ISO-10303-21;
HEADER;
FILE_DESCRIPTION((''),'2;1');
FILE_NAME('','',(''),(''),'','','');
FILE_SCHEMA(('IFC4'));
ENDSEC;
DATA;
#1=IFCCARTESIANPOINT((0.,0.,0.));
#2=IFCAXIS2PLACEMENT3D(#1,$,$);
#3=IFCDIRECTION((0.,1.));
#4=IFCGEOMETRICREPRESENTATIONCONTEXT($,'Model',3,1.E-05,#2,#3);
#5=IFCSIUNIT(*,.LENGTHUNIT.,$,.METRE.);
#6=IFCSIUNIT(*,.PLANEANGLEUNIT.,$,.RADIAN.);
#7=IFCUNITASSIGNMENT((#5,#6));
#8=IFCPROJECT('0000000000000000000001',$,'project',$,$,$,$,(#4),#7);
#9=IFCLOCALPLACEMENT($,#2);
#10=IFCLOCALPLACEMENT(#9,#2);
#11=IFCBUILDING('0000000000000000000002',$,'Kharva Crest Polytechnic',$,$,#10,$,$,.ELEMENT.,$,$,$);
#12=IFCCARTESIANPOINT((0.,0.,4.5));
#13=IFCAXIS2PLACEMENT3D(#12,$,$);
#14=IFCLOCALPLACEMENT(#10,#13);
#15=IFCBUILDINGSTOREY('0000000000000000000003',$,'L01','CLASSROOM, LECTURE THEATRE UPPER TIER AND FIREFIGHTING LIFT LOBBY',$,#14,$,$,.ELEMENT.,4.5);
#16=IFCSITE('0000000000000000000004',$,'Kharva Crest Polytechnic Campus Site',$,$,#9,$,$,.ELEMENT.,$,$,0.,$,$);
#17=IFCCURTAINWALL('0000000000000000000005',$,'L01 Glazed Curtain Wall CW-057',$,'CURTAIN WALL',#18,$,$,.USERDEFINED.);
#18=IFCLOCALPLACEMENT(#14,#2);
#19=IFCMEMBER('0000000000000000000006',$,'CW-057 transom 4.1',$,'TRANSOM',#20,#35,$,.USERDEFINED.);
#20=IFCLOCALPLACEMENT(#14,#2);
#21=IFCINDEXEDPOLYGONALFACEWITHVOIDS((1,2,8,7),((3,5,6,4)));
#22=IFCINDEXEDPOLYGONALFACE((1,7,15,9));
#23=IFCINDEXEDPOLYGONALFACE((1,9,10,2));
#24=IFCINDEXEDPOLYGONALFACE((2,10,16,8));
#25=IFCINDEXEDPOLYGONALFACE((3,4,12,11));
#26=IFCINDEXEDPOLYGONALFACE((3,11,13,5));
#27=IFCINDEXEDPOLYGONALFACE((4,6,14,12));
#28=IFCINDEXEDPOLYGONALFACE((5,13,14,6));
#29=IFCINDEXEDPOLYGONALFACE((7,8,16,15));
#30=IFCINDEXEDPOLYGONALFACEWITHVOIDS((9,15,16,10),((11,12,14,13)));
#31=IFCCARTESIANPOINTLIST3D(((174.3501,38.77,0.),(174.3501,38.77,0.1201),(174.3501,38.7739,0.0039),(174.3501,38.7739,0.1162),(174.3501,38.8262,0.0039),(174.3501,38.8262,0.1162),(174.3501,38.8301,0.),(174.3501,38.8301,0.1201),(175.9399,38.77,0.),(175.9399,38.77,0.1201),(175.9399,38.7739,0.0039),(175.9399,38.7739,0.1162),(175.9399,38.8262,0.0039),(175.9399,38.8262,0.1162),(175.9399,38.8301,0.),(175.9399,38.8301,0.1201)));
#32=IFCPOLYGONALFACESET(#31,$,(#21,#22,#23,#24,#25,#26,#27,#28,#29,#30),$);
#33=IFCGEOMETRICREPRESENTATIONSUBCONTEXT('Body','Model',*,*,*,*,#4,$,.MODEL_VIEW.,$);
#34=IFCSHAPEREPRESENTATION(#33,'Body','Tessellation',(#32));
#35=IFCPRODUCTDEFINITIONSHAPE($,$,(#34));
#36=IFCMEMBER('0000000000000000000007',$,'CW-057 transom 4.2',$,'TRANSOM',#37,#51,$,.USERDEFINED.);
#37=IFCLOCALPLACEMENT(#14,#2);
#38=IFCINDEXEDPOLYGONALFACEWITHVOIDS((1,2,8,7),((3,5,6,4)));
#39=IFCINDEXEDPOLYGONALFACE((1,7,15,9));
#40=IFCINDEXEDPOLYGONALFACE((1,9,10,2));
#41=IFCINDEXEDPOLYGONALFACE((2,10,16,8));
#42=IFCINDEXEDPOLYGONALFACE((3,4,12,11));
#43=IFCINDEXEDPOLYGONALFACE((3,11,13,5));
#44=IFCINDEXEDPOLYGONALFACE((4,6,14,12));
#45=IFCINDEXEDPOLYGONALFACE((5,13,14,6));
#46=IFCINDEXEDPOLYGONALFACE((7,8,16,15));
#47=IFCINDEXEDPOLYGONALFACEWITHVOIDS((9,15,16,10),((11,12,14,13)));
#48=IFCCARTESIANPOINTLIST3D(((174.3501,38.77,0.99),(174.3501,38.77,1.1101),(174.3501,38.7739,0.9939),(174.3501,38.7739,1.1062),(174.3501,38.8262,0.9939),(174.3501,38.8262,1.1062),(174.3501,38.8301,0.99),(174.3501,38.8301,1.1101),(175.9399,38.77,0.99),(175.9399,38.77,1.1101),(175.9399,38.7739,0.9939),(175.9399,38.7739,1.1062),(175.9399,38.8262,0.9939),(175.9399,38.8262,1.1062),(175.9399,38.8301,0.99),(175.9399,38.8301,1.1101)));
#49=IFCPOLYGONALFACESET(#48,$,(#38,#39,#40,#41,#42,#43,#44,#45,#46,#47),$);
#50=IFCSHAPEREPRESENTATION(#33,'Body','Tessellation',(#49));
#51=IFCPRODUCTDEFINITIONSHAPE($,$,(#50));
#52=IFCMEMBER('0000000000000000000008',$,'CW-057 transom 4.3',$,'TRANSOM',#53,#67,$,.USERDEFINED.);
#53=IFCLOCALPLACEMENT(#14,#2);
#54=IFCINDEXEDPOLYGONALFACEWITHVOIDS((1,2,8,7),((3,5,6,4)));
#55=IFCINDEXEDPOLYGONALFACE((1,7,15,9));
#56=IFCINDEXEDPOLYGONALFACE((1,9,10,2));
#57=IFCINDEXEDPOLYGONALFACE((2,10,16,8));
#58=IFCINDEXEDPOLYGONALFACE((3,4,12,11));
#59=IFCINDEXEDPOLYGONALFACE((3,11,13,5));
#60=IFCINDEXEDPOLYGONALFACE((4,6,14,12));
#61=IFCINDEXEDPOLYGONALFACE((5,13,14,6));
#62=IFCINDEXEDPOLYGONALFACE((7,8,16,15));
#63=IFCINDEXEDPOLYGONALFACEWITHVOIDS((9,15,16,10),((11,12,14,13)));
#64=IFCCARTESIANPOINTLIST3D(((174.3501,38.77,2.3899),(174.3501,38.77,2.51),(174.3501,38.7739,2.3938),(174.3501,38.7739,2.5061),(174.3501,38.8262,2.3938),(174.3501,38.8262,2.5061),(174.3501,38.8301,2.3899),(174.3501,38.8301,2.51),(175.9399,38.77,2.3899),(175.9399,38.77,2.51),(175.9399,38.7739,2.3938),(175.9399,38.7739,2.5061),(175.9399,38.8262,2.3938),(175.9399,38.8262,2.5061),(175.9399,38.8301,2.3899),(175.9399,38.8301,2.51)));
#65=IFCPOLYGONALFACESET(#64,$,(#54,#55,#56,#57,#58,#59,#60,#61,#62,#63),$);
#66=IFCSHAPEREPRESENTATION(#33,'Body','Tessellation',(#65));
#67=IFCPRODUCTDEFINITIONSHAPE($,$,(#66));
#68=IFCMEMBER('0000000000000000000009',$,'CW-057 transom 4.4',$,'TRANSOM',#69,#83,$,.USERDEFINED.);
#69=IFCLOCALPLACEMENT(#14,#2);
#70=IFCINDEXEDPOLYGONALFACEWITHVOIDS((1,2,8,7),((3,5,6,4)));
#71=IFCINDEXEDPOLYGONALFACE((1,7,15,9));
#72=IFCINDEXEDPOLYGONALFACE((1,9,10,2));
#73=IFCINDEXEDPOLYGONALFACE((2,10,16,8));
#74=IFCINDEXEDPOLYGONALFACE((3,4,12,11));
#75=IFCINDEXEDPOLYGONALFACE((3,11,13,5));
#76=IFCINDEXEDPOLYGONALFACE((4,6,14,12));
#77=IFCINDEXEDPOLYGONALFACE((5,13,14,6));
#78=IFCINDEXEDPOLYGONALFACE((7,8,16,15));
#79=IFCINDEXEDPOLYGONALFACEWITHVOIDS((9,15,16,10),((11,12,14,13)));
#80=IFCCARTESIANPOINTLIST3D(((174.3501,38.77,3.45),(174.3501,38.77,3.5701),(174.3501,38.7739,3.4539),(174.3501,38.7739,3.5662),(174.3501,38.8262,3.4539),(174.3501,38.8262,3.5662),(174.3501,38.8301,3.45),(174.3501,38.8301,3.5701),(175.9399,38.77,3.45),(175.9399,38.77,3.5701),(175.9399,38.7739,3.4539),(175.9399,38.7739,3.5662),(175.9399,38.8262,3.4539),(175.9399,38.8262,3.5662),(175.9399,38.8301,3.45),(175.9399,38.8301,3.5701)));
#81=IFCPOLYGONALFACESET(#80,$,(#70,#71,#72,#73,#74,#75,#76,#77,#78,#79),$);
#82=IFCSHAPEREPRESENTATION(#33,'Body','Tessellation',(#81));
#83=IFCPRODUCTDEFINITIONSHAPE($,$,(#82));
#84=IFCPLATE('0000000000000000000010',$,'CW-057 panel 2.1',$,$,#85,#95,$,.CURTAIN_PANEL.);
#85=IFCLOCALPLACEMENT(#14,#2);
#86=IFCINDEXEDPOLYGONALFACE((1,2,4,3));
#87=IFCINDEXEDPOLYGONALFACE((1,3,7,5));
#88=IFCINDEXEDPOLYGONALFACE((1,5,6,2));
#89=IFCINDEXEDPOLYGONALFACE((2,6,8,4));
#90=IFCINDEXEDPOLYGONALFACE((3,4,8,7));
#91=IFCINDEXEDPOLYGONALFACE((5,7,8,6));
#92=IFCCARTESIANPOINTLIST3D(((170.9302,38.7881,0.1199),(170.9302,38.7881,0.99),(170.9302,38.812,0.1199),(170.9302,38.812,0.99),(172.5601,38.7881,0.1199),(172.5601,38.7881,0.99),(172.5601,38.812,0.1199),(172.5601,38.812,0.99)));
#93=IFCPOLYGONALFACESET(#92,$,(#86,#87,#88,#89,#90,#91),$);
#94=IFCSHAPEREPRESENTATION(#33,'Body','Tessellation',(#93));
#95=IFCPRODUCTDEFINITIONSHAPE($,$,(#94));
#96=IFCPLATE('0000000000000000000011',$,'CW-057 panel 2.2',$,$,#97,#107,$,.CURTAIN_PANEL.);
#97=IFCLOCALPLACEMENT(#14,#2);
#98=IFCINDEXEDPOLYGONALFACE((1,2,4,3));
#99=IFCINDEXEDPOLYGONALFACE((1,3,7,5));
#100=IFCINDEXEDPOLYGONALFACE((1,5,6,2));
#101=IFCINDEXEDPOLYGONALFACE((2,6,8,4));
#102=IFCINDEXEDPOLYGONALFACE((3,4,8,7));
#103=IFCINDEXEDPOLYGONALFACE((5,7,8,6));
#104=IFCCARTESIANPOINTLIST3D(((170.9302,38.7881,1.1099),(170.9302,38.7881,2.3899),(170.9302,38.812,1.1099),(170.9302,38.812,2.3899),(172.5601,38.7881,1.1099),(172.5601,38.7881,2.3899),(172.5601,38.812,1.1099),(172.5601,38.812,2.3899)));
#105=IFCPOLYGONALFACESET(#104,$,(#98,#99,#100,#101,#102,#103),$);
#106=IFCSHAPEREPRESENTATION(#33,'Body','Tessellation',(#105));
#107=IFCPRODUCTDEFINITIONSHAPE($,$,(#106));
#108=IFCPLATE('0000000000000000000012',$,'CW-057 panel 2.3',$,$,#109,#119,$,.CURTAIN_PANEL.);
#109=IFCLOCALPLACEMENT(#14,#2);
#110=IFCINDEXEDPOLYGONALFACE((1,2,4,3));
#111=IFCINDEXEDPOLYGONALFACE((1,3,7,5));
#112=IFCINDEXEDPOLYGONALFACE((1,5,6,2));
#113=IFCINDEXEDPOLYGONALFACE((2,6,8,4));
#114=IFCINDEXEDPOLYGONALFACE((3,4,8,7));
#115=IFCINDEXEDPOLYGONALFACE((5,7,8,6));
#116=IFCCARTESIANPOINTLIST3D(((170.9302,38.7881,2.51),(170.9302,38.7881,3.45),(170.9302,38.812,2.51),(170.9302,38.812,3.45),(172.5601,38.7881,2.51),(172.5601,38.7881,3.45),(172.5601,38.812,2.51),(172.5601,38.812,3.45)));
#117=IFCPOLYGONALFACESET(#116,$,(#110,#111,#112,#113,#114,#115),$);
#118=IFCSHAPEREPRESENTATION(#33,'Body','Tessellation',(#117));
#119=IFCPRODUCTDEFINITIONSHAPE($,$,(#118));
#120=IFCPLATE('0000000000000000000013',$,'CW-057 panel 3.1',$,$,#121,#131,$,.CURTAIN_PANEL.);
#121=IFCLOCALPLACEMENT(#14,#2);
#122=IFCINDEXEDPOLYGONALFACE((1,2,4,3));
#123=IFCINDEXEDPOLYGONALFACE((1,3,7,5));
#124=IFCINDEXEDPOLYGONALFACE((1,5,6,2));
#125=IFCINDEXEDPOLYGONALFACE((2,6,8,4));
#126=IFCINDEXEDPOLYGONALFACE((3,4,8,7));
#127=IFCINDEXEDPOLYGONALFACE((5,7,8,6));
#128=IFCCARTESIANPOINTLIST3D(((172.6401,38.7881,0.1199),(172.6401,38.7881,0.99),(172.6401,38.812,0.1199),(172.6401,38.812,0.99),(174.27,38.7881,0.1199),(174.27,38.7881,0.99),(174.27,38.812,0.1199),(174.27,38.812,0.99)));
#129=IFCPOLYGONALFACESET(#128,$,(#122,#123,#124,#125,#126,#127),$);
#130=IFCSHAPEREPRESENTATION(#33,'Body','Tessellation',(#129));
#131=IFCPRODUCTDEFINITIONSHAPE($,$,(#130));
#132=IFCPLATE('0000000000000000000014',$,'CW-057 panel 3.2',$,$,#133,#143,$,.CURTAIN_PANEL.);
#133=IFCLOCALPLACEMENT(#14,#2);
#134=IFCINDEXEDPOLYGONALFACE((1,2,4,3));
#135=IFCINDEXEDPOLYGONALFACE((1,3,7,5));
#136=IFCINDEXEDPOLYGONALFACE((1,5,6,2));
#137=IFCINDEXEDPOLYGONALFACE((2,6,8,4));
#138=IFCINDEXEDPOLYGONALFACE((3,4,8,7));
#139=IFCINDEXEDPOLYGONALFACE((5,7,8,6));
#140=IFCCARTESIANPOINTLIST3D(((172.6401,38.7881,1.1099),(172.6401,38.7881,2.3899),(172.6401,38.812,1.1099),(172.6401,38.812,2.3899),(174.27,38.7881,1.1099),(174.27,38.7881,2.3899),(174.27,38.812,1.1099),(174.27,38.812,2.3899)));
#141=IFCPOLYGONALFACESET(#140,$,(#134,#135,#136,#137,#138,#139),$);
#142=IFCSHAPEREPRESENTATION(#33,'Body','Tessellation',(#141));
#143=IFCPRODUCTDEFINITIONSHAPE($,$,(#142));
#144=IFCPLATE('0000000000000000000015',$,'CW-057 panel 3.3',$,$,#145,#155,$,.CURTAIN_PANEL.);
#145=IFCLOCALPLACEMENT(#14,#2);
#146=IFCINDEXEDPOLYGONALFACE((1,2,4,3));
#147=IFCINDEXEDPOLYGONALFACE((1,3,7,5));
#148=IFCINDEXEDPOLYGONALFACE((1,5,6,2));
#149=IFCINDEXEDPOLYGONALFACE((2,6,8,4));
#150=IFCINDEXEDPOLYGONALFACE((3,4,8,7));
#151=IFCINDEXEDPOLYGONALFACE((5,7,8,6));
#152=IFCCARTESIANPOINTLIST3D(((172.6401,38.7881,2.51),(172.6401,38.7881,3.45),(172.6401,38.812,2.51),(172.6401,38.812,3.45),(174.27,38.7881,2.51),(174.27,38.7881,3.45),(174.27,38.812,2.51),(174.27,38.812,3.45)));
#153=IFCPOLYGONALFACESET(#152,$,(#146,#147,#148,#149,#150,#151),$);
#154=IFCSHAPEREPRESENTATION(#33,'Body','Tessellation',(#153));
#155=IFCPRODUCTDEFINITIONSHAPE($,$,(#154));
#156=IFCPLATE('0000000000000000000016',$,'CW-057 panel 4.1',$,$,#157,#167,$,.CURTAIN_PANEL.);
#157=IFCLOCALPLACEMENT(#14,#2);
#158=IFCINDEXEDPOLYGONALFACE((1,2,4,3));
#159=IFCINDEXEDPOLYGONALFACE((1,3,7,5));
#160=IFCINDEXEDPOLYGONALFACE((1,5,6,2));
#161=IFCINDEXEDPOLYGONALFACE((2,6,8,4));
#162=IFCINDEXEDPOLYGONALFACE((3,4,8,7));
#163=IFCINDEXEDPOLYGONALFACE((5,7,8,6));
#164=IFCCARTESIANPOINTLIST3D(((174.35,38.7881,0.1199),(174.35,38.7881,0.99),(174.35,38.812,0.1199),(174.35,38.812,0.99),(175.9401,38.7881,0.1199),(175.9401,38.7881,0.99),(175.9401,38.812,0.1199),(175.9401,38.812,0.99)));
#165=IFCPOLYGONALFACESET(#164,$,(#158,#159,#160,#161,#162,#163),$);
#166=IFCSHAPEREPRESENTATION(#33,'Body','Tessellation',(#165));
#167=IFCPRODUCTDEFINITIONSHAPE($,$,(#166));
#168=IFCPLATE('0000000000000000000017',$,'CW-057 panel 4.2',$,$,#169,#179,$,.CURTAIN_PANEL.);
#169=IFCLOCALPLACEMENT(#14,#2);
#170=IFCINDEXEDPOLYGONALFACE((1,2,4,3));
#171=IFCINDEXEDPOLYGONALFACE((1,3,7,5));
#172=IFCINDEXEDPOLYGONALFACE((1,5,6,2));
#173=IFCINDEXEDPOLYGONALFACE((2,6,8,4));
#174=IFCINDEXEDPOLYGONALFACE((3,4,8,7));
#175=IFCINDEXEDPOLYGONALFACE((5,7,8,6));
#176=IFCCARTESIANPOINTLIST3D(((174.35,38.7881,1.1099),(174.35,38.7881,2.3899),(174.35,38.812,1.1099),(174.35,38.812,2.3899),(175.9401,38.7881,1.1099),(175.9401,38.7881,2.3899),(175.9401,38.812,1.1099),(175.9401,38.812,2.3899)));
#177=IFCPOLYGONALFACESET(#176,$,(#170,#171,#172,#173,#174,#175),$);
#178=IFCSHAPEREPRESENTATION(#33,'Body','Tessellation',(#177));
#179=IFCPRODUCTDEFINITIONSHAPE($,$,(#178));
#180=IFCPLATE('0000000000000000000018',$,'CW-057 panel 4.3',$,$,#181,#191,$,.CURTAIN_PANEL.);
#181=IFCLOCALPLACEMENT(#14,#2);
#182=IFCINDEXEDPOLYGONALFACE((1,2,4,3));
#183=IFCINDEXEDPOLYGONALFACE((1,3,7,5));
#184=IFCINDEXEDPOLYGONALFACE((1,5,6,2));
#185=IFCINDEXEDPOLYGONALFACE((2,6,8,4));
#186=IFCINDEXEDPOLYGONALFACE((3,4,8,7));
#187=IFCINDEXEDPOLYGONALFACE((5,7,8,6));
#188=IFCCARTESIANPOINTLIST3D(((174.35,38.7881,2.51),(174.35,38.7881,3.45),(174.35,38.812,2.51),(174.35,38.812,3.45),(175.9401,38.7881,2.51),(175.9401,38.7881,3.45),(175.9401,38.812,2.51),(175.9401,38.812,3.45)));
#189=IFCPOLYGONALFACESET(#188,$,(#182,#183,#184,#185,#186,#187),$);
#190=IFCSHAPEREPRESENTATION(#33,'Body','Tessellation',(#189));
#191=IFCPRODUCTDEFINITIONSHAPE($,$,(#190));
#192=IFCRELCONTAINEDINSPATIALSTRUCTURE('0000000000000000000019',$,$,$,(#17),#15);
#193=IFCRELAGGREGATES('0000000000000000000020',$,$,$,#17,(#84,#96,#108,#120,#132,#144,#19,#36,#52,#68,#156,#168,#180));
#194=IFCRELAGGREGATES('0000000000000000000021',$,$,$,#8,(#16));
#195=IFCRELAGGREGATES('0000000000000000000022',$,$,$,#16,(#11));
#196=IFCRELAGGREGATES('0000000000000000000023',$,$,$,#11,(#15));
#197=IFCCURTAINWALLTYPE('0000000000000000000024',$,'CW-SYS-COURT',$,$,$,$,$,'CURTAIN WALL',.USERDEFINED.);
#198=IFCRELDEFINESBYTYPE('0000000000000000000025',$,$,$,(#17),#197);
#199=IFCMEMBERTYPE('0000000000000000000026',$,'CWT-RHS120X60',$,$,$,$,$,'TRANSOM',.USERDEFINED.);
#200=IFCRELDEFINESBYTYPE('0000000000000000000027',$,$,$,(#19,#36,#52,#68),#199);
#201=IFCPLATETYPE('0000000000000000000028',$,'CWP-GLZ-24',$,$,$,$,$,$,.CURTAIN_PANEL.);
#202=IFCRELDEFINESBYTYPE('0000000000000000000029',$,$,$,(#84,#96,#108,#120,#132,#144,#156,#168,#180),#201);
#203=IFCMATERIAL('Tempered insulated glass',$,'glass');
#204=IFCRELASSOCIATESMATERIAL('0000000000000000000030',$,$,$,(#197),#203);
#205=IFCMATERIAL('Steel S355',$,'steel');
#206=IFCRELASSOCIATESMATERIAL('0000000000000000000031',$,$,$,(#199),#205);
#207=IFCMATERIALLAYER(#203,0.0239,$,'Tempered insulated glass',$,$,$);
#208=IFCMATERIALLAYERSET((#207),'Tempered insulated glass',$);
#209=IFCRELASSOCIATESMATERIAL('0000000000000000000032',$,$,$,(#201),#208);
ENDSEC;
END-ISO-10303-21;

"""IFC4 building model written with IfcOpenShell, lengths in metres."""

from ifc_helpers import new_model, si_unit, direction, frame, origin, origin_2d, place, context, subcontext, project, spatial, rectangle, hollow_rectangle, extrude, material, layer, layer_set, material_profile, profile_set, type_object, element, aggregate, save


model = new_model("IFC4")

# Units and contexts
model_context = context("Model", 3, precision=1e-05, world=origin(), true_north=direction((0.0, 1.0)))
body_context = subcontext(model_context, "Body", "Model", "MODEL_VIEW")
ifc_project = project(units=[si_unit("LENGTHUNIT", "METRE"), si_unit("PLANEANGLEUNIT", "RADIAN")], contexts=[model_context])

# Site, building, storey
site_placement = place(None, origin())
site = spatial("IfcSite", under=ifc_project, at=site_placement, Name="Kharva Crest Polytechnic Campus Site", CompositionType="ELEMENT", RefElevation=0.0)
building_placement = place(site_placement, origin())
building = spatial("IfcBuilding", under=site, at=building_placement, Name="Kharva Crest Polytechnic", CompositionType="ELEMENT")
storey_placement = place(building_placement, frame((0.0, 0.0, 4.5)))
storey = spatial("IfcBuildingStorey", under=building, at=storey_placement, Name="L01", Description="CLASSROOM, LECTURE THEATRE UPPER TIER AND FIREFIGHTING LIFT LOBBY", CompositionType="ELEMENT", Elevation=4.5)

# Curtain wall, members, plates
ifc_material_1 = material(Name="Tempered insulated glass", Category="glass")
curtain_wall_type = type_object("IfcCurtainWallType", Name="CW-SYS-COURT", ElementType="CURTAIN WALL", PredefinedType="USERDEFINED", material=ifc_material_1)
curtain_wall_placement = place(storey_placement, origin())
curtain_wall = element("IfcCurtainWall", 1, at=curtain_wall_placement, inside=storey, type_object=curtain_wall_type, Name="L01 Glazed Curtain Wall CW-057", ObjectType="CURTAIN WALL", PredefinedType="USERDEFINED")
ifc_material_2 = material(Name="Steel S355", Category="steel")
ifc_material_profile_1 = material_profile(ifc_material_2, hollow_rectangle(XDim=0.0601, YDim=0.1201, WallThickness=0.0039, at=origin_2d()), Name="RHS 120X60X4.0")
ifc_profile_set_1 = profile_set([ifc_material_profile_1], Name="Steel S355")
member_type_1 = type_object("IfcMemberType", Name="CWT-RHS120X60", ElementType="TRANSOM", PredefinedType="USERDEFINED", material=ifc_profile_set_1)
member_1_placement = place(storey_placement, frame((174.3501, 38.8, 0.0601), z_axis=(1.0, 0.0, 0.0), x_axis=(0.0, 1.0, 0.0)))
member_1 = element("IfcMember", 2, at=member_1_placement, type_object=member_type_1, Name="CW-057 transom 4.1", ObjectType="TRANSOM", PredefinedType="USERDEFINED", context=body_context, shape_type="SweptSolid", body=[
    extrude(hollow_rectangle(XDim=0.0601, YDim=0.1201, WallThickness=0.0039, at=origin_2d()), origin(), (0.0, 0.0, 1.0), 1.5898),
])
member_2_placement = place(storey_placement, frame((174.3501, 38.8, 1.05), z_axis=(1.0, 0.0, 0.0), x_axis=(0.0, 1.0, 0.0)))
member_2 = element("IfcMember", 3, at=member_2_placement, type_object=member_type_1, Name="CW-057 transom 4.2", ObjectType="TRANSOM", PredefinedType="USERDEFINED", context=body_context, shape_type="SweptSolid", body=[
    extrude(hollow_rectangle(XDim=0.0601, YDim=0.1201, WallThickness=0.0039, at=origin_2d()), origin(), (0.0, 0.0, 1.0), 1.5898),
])
member_3_placement = place(storey_placement, frame((174.3501, 38.8, 2.45), z_axis=(1.0, 0.0, 0.0), x_axis=(0.0, 1.0, 0.0)))
member_3 = element("IfcMember", 4, at=member_3_placement, type_object=member_type_1, Name="CW-057 transom 4.3", ObjectType="TRANSOM", PredefinedType="USERDEFINED", context=body_context, shape_type="SweptSolid", body=[
    extrude(hollow_rectangle(XDim=0.0601, YDim=0.1201, WallThickness=0.0039, at=origin_2d()), origin(), (0.0, 0.0, 1.0), 1.5898),
])
member_4_placement = place(storey_placement, frame((174.3501, 38.8, 3.51), z_axis=(1.0, 0.0, 0.0), x_axis=(0.0, 1.0, 0.0)))
member_4 = element("IfcMember", 5, at=member_4_placement, type_object=member_type_1, Name="CW-057 transom 4.4", ObjectType="TRANSOM", PredefinedType="USERDEFINED", context=body_context, shape_type="SweptSolid", body=[
    extrude(hollow_rectangle(XDim=0.0601, YDim=0.1201, WallThickness=0.0039, at=origin_2d()), origin(), (0.0, 0.0, 1.0), 1.5898),
])
ifc_layer = layer(ifc_material_1, 0.0239, Name="Tempered insulated glass")
ifc_layer_set = layer_set([ifc_layer], Name="Tempered insulated glass")
plate_type = type_object("IfcPlateType", Name="CWP-GLZ-24", PredefinedType="CURTAIN_PANEL", material=ifc_layer_set)
plate_1_placement = place(storey_placement, frame((171.7451, 38.8, 0.1199), z_axis=(0.0, 0.0, 1.0), x_axis=(1.0, 0.0, 0.0)))
plate_1 = element("IfcPlate", 6, at=plate_1_placement, type_object=plate_type, Name="CW-057 panel 2.1", PredefinedType="CURTAIN_PANEL", context=body_context, shape_type="SweptSolid", body=[
    extrude(rectangle(XDim=1.6299, YDim=0.0239, at=origin_2d()), origin(), (0.0, 0.0, 1.0), 0.8701),
])
plate_2_placement = place(storey_placement, frame((171.7451, 38.8, 1.1099), z_axis=(0.0, 0.0, 1.0), x_axis=(1.0, 0.0, 0.0)))
plate_2 = element("IfcPlate", 7, at=plate_2_placement, type_object=plate_type, Name="CW-057 panel 2.2", PredefinedType="CURTAIN_PANEL", context=body_context, shape_type="SweptSolid", body=[
    extrude(rectangle(XDim=1.6299, YDim=0.0239, at=origin_2d()), origin(), (0.0, 0.0, 1.0), 1.28),
])
plate_3_placement = place(storey_placement, frame((171.7451, 38.8, 2.51), z_axis=(0.0, 0.0, 1.0), x_axis=(1.0, 0.0, 0.0)))
plate_3 = element("IfcPlate", 8, at=plate_3_placement, type_object=plate_type, Name="CW-057 panel 2.3", PredefinedType="CURTAIN_PANEL", context=body_context, shape_type="SweptSolid", body=[
    extrude(rectangle(XDim=1.6299, YDim=0.0239, at=origin_2d()), origin(), (0.0, 0.0, 1.0), 0.9399),
])
plate_4_placement = place(storey_placement, frame((173.4551, 38.8, 0.1199), z_axis=(0.0, 0.0, 1.0), x_axis=(1.0, 0.0, 0.0)))
plate_4 = element("IfcPlate", 9, at=plate_4_placement, type_object=plate_type, Name="CW-057 panel 3.1", PredefinedType="CURTAIN_PANEL", context=body_context, shape_type="SweptSolid", body=[
    extrude(rectangle(XDim=1.6299, YDim=0.0239, at=origin_2d()), origin(), (0.0, 0.0, 1.0), 0.8701),
])
plate_5_placement = place(storey_placement, frame((173.4551, 38.8, 1.1099), z_axis=(0.0, 0.0, 1.0), x_axis=(1.0, 0.0, 0.0)))
plate_5 = element("IfcPlate", 10, at=plate_5_placement, type_object=plate_type, Name="CW-057 panel 3.2", PredefinedType="CURTAIN_PANEL", context=body_context, shape_type="SweptSolid", body=[
    extrude(rectangle(XDim=1.6299, YDim=0.0239, at=origin_2d()), origin(), (0.0, 0.0, 1.0), 1.28),
])
plate_6_placement = place(storey_placement, frame((173.4551, 38.8, 2.51), z_axis=(0.0, 0.0, 1.0), x_axis=(1.0, 0.0, 0.0)))
plate_6 = element("IfcPlate", 11, at=plate_6_placement, type_object=plate_type, Name="CW-057 panel 3.3", PredefinedType="CURTAIN_PANEL", context=body_context, shape_type="SweptSolid", body=[
    extrude(rectangle(XDim=1.6299, YDim=0.0239, at=origin_2d()), origin(), (0.0, 0.0, 1.0), 0.9399),
])
plate_7_placement = place(storey_placement, frame((175.145, 38.8, 0.1199), z_axis=(0.0, 0.0, 1.0), x_axis=(1.0, 0.0, 0.0)))
plate_7 = element("IfcPlate", 12, at=plate_7_placement, type_object=plate_type, Name="CW-057 panel 4.1", PredefinedType="CURTAIN_PANEL", context=body_context, shape_type="SweptSolid", body=[
    extrude(rectangle(XDim=1.5901, YDim=0.0239, at=origin_2d()), origin(), (0.0, 0.0, 1.0), 0.8701),
])
plate_8_placement = place(storey_placement, frame((175.145, 38.8, 1.1099), z_axis=(0.0, 0.0, 1.0), x_axis=(1.0, 0.0, 0.0)))
plate_8 = element("IfcPlate", 13, at=plate_8_placement, type_object=plate_type, Name="CW-057 panel 4.2", PredefinedType="CURTAIN_PANEL", context=body_context, shape_type="SweptSolid", body=[
    extrude(rectangle(XDim=1.5901, YDim=0.0239, at=origin_2d()), origin(), (0.0, 0.0, 1.0), 1.28),
])
plate_9_placement = place(storey_placement, frame((175.145, 38.8, 2.51), z_axis=(0.0, 0.0, 1.0), x_axis=(1.0, 0.0, 0.0)))
plate_9 = element("IfcPlate", 14, at=plate_9_placement, type_object=plate_type, Name="CW-057 panel 4.3", PredefinedType="CURTAIN_PANEL", context=body_context, shape_type="SweptSolid", body=[
    extrude(rectangle(XDim=1.5901, YDim=0.0239, at=origin_2d()), origin(), (0.0, 0.0, 1.0), 0.9399),
])
aggregate(curtain_wall, [plate_1, plate_2, plate_3, plate_4, plate_5, plate_6, member_1, member_2, member_3, member_4, plate_7, plate_8, plate_9])

save(model, "model.ifc")
